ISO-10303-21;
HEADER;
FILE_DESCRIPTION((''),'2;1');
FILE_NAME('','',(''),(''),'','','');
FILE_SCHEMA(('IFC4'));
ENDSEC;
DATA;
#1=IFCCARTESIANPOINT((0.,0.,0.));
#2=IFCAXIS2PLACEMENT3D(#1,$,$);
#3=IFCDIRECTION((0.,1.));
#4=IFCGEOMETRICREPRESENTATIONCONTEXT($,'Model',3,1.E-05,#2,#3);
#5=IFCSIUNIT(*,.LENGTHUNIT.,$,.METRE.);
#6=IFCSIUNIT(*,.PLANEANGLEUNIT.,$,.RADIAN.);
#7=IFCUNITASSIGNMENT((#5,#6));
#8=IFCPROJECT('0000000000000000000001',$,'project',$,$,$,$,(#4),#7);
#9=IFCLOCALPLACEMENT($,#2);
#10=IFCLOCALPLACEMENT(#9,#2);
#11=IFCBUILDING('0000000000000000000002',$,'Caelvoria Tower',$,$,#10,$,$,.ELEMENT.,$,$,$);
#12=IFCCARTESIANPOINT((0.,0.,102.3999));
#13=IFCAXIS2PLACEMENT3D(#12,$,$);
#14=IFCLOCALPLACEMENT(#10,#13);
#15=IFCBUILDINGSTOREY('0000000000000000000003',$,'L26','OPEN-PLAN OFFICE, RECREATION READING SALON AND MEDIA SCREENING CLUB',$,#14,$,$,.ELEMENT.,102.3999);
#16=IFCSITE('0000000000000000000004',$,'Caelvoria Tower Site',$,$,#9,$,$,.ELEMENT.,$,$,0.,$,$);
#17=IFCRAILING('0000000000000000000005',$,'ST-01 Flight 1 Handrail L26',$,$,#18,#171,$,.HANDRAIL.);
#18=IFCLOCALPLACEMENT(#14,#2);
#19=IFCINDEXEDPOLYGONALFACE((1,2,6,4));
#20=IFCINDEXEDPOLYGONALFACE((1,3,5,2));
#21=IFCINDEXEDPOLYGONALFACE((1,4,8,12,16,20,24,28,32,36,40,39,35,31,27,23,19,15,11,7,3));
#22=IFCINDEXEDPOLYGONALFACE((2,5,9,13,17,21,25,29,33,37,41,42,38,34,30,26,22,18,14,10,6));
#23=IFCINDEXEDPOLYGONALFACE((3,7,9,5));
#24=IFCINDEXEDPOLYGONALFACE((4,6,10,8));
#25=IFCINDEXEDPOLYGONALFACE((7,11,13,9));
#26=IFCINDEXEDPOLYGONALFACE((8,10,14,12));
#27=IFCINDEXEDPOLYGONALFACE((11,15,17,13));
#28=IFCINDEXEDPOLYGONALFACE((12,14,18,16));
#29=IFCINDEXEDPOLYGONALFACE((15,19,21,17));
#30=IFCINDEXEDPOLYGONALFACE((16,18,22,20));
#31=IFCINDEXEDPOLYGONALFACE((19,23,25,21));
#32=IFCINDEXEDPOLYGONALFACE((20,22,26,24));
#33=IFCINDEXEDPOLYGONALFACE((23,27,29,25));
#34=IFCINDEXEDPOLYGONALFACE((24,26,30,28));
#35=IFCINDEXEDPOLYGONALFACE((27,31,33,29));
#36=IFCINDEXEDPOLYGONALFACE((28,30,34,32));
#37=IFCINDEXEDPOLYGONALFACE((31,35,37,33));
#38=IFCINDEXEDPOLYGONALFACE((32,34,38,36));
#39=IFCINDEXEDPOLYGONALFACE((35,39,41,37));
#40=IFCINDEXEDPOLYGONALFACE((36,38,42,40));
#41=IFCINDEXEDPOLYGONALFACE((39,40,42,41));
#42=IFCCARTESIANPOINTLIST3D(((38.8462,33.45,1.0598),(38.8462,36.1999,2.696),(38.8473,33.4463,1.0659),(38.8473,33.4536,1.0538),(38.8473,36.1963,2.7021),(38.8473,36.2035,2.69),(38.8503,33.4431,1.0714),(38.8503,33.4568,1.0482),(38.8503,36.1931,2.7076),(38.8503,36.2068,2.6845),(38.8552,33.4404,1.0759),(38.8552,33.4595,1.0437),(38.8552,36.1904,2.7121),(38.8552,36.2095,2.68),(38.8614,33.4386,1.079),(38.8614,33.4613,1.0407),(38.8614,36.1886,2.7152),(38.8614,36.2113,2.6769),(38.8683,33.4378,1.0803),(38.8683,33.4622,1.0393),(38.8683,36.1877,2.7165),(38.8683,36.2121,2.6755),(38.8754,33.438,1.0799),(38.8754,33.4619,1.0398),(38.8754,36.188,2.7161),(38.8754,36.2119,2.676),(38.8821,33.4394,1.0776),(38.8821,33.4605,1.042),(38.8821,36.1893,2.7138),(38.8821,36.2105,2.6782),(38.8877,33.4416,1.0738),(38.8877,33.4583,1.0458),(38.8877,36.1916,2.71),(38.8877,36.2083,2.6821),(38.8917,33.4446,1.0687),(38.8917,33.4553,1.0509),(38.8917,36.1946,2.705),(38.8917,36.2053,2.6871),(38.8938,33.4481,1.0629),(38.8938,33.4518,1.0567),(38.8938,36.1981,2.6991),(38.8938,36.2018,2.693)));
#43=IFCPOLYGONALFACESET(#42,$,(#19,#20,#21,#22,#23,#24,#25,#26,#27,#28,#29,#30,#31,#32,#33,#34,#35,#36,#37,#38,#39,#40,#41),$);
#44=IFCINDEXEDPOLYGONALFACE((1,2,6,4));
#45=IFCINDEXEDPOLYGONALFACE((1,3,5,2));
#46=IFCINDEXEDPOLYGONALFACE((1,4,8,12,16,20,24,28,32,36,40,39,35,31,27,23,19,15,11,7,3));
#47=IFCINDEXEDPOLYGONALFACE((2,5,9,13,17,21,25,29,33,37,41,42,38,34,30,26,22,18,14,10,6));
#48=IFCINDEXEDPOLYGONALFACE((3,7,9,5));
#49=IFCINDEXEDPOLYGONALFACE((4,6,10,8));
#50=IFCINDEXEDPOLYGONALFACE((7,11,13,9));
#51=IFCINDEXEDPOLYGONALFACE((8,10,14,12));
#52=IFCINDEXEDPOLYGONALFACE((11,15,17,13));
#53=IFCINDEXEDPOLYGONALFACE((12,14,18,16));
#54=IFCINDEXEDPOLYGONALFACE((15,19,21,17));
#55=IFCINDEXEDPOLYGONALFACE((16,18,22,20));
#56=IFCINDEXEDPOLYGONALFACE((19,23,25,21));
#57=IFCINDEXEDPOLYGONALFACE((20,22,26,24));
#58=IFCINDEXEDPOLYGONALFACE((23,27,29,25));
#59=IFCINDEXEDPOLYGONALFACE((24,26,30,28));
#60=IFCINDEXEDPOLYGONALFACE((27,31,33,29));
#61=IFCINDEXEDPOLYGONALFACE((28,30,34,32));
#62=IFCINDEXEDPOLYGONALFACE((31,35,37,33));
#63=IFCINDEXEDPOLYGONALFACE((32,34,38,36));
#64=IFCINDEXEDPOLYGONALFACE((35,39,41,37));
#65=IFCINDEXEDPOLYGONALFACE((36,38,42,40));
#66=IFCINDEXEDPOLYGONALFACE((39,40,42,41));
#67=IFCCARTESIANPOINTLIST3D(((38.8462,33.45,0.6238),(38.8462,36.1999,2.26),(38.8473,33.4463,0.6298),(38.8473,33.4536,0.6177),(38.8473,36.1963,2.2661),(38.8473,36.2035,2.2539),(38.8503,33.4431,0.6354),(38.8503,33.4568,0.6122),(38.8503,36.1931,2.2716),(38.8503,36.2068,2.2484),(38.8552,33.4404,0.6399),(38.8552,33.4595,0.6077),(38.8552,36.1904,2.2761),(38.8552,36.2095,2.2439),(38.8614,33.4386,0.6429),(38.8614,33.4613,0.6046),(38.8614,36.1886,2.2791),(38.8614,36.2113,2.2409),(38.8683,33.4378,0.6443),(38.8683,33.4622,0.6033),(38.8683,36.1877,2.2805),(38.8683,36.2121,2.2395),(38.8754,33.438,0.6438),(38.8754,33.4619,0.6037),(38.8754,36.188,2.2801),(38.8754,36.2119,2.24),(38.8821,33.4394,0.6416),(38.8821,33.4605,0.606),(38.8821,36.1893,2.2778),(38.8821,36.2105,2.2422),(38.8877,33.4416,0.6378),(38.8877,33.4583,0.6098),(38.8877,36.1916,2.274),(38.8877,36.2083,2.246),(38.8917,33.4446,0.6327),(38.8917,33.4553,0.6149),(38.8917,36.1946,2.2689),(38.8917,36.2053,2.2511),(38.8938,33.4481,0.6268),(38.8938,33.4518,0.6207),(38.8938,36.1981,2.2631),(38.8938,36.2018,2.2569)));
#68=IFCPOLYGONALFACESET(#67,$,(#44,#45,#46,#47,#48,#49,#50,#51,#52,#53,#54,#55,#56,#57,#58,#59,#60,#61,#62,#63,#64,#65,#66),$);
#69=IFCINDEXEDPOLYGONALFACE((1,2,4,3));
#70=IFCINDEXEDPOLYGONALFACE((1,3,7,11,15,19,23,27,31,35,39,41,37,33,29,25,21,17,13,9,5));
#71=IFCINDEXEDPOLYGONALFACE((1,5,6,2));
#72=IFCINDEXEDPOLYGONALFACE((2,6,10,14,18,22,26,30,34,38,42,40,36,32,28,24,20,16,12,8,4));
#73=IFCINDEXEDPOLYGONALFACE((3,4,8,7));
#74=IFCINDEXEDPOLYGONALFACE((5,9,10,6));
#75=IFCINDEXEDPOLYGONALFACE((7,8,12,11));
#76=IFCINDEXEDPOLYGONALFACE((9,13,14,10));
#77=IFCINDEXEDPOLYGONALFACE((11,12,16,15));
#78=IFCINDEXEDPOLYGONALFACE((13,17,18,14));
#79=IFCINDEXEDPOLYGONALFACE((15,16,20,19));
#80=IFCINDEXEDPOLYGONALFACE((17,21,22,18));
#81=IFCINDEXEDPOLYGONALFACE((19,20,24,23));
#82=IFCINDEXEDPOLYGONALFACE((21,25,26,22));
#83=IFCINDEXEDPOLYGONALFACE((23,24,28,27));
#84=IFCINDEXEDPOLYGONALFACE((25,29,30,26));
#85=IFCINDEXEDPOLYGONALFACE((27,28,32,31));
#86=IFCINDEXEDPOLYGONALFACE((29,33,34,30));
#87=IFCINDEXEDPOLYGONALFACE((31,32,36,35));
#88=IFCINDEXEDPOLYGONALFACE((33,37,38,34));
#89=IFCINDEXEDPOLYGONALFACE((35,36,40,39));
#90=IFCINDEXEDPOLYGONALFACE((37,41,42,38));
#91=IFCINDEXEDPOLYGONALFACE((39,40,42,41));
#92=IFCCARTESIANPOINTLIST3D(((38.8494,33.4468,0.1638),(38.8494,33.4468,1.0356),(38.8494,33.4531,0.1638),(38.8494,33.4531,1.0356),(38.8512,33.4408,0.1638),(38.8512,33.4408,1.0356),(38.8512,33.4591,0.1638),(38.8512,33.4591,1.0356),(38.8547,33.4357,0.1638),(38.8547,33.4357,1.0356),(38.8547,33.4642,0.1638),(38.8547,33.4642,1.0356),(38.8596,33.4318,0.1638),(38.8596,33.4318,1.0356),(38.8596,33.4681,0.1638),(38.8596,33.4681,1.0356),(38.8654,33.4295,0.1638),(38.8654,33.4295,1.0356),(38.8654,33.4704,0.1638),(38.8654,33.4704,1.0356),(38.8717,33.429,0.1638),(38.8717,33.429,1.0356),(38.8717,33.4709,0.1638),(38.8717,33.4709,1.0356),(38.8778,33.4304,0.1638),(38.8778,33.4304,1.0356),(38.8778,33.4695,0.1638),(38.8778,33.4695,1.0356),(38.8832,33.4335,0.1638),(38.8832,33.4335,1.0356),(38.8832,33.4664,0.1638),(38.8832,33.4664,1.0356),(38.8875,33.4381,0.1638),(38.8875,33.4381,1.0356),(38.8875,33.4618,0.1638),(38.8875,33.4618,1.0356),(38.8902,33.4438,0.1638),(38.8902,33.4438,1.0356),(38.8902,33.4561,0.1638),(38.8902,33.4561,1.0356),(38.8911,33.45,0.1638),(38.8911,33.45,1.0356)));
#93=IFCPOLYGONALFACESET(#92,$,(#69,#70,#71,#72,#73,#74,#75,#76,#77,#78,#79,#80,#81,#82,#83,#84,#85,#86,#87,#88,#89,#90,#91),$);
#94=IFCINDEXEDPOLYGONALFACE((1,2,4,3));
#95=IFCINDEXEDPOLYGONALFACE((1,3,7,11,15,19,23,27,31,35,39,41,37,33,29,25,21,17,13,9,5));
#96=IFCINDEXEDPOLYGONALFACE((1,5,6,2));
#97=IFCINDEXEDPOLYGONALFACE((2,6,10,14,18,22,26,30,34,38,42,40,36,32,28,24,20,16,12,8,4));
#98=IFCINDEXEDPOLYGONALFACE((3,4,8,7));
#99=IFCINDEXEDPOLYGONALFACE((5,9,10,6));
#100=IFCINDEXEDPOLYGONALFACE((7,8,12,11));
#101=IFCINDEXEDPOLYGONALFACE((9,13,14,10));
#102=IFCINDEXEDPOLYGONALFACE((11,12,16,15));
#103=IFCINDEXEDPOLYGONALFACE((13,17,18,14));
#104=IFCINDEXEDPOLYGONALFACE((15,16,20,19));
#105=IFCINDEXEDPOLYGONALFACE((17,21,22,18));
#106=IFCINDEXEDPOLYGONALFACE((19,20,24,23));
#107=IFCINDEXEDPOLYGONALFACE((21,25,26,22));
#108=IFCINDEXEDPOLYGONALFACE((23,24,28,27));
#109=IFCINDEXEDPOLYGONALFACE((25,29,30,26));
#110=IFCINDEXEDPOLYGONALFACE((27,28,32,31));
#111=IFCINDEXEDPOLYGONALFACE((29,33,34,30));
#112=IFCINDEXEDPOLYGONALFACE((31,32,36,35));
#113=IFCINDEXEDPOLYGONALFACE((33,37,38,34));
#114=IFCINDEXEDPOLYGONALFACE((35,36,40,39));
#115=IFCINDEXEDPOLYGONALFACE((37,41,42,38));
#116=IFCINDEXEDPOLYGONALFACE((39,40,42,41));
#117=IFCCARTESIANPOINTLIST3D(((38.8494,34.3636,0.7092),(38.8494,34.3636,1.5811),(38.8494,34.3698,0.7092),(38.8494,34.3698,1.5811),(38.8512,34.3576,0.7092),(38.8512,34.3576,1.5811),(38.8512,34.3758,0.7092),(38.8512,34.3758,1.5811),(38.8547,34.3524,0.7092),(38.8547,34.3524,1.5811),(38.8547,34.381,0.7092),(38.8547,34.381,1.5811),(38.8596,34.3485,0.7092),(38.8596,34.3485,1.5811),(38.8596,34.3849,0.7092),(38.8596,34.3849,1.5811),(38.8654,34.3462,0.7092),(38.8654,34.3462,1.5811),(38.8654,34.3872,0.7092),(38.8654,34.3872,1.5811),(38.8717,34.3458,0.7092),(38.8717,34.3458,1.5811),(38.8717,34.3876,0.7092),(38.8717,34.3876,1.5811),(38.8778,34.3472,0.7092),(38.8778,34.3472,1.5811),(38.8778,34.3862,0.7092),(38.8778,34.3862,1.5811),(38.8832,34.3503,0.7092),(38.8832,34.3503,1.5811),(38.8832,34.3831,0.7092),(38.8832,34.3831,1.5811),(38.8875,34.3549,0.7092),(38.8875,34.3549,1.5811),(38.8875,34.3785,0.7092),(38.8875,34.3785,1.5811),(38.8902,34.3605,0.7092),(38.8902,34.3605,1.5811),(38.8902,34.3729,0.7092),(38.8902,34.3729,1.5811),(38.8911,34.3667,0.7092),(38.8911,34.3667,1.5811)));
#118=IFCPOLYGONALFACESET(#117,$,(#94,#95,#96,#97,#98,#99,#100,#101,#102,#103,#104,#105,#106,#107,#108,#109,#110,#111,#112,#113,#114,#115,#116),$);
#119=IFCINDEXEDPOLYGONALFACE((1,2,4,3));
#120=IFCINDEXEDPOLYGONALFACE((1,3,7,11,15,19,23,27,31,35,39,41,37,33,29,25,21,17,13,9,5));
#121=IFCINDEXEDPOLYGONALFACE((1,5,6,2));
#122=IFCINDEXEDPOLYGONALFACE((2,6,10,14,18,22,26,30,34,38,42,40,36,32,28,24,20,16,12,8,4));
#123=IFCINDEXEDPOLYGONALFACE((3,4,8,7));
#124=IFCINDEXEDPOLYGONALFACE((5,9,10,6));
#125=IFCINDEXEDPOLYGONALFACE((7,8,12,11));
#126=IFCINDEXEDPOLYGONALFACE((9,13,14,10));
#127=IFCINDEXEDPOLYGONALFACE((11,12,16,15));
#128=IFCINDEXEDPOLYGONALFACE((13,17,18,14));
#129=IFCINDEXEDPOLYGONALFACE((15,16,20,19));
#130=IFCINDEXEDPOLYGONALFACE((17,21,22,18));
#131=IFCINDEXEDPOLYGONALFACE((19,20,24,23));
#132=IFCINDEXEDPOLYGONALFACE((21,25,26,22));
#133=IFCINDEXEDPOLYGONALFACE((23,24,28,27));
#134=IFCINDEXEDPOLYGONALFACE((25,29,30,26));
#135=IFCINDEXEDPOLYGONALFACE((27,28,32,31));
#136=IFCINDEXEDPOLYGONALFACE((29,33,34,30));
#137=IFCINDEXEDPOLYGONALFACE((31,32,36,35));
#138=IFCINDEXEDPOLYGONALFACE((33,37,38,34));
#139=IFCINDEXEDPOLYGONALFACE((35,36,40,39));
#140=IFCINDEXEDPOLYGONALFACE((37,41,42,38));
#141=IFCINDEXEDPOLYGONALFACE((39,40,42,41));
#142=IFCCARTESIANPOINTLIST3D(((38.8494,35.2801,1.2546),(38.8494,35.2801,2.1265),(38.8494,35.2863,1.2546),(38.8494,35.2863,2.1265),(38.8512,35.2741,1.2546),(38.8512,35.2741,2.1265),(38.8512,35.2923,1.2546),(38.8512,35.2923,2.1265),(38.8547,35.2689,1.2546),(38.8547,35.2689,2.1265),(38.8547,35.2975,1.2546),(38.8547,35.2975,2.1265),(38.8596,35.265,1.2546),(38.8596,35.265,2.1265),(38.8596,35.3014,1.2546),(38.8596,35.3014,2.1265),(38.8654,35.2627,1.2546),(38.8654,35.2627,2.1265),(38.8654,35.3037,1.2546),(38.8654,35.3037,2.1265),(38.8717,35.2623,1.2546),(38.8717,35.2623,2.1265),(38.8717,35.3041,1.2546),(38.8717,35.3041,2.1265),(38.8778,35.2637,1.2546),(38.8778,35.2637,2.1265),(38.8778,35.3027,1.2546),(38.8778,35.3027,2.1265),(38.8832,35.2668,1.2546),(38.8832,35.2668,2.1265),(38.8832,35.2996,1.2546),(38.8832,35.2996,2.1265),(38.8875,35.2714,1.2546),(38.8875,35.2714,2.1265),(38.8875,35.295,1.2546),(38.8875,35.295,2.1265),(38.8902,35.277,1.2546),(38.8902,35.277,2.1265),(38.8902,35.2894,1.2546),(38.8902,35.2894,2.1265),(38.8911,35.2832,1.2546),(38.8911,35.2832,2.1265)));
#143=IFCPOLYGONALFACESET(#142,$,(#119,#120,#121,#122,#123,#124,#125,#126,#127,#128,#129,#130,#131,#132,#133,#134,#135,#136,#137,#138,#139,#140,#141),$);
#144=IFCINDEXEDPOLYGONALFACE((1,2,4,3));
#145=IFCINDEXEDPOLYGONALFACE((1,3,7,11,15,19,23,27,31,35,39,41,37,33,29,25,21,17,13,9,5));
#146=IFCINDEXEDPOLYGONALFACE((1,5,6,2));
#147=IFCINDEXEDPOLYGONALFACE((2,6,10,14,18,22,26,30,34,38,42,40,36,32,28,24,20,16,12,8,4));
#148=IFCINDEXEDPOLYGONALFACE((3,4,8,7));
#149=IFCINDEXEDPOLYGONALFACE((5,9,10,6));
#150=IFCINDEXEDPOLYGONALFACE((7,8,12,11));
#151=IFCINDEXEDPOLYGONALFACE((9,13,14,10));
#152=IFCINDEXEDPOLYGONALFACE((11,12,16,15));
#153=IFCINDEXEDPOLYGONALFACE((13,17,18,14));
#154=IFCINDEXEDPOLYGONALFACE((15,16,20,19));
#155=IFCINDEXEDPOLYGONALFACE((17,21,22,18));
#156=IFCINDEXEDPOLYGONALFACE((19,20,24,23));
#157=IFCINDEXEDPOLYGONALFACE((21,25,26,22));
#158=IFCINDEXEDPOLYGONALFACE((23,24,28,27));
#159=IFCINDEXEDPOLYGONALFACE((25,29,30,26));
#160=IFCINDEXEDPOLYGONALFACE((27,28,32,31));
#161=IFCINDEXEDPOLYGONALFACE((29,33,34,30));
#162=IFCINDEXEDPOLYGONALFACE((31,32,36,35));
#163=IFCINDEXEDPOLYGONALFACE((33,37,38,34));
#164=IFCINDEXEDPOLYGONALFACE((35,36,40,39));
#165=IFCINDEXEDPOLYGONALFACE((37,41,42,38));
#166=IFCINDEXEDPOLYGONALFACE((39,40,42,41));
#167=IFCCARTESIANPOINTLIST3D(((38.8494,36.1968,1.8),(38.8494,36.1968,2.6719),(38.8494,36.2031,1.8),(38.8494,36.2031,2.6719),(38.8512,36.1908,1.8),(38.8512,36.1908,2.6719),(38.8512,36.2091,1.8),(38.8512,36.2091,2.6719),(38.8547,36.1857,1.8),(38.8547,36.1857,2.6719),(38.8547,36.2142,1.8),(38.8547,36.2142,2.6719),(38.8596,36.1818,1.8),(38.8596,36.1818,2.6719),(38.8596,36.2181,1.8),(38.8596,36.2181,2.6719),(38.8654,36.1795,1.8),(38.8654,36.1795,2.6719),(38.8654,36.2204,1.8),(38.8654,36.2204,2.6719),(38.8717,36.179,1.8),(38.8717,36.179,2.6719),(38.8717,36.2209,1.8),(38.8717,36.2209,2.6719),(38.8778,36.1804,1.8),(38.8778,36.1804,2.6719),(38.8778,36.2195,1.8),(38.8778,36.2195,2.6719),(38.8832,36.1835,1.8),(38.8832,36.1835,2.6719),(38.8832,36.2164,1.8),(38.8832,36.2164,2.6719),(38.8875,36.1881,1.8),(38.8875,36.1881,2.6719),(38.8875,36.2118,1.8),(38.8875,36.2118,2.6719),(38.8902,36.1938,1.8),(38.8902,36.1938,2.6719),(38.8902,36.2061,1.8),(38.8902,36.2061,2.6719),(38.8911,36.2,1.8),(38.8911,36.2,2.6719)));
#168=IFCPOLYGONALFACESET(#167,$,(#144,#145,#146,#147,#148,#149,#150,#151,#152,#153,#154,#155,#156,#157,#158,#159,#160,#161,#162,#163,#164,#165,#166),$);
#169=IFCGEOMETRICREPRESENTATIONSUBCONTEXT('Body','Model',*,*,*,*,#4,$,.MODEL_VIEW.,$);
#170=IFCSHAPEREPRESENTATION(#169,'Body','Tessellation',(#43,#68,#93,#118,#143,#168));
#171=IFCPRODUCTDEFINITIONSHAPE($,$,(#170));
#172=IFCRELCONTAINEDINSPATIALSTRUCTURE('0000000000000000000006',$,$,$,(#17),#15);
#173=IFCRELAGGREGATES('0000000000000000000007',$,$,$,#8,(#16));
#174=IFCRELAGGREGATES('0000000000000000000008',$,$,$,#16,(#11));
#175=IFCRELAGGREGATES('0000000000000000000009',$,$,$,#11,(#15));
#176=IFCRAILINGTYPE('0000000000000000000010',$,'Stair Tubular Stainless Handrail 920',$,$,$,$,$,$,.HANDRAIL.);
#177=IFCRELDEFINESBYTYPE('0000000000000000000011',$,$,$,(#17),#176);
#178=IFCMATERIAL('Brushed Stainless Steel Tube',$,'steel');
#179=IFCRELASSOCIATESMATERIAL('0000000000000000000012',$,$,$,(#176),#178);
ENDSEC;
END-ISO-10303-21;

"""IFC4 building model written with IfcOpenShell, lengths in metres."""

from ifc_helpers import new_model, si_unit, direction, frame, origin, origin_2d, place, context, subcontext, project, spatial, circle, extrude, material, type_object, element, save


model = new_model("IFC4")

# Units and contexts
model_context = context("Model", 3, precision=1e-05, world=origin(), true_north=direction((0.0, 1.0)))
body_context = subcontext(model_context, "Body", "Model", "MODEL_VIEW")
ifc_project = project(units=[si_unit("LENGTHUNIT", "METRE"), si_unit("PLANEANGLEUNIT", "RADIAN")], contexts=[model_context])

# Site, building, storey
site_placement = place(None, origin())
site = spatial("IfcSite", under=ifc_project, at=site_placement, Name="Caelvoria Tower Site", CompositionType="ELEMENT", RefElevation=0.0)
building_placement = place(site_placement, origin())
building = spatial("IfcBuilding", under=site, at=building_placement, Name="Caelvoria Tower", CompositionType="ELEMENT")
storey_placement = place(building_placement, frame((0.0, 0.0, 102.3999)))
storey = spatial("IfcBuildingStorey", under=building, at=storey_placement, Name="L26", Description="OPEN-PLAN OFFICE, RECREATION READING SALON AND MEDIA SCREENING CLUB", CompositionType="ELEMENT", Elevation=102.3999)

# Railing
ifc_material_1 = material(Name="Brushed Stainless Steel Tube", Category="steel")
railing_type_1 = type_object("IfcRailingType", Name="Stair Tubular Stainless Handrail 920", PredefinedType="HANDRAIL", material=ifc_material_1)
railing_1_placement = place(storey_placement, frame((38.8701, 33.45, 0.1638)))
element("IfcRailing", 1, at=railing_1_placement, inside=storey, type_object=railing_type_1, Name="ST-01 Flight 1 Handrail L26", PredefinedType="HANDRAIL", context=body_context, shape_type="SweptSolid", body=[
    extrude(circle(Radius=0.0239, at=origin_2d()), frame((0.0, 0.0, 0.896), z_axis=(0.0, 0.859385, 0.511328), x_axis=(-1.0, 0.0, 0.0)), (0.0, 0.0, 1.0), 3.2),
    extrude(circle(Radius=0.0239, at=origin_2d()), frame((0.0, 0.0, 0.46), z_axis=(0.0, 0.859385, 0.511328), x_axis=(-1.0, 0.0, 0.0)), (0.0, 0.0, 1.0), 3.2),
    extrude(circle(Radius=0.021, at=origin_2d()), origin(), (0.0, 0.0, 1.0), 0.8718),
    extrude(circle(Radius=0.021, at=origin_2d()), frame((0.0, 0.9167, 0.5454)), (0.0, 0.0, 1.0), 0.8718),
    extrude(circle(Radius=0.021, at=origin_2d()), frame((0.0, 1.8333, 1.0908)), (0.0, 0.0, 1.0), 0.8718),
    extrude(circle(Radius=0.021, at=origin_2d()), frame((0.0, 2.75, 1.6362)), (0.0, 0.0, 1.0), 0.8718),
])

save(model, "model.ifc")
